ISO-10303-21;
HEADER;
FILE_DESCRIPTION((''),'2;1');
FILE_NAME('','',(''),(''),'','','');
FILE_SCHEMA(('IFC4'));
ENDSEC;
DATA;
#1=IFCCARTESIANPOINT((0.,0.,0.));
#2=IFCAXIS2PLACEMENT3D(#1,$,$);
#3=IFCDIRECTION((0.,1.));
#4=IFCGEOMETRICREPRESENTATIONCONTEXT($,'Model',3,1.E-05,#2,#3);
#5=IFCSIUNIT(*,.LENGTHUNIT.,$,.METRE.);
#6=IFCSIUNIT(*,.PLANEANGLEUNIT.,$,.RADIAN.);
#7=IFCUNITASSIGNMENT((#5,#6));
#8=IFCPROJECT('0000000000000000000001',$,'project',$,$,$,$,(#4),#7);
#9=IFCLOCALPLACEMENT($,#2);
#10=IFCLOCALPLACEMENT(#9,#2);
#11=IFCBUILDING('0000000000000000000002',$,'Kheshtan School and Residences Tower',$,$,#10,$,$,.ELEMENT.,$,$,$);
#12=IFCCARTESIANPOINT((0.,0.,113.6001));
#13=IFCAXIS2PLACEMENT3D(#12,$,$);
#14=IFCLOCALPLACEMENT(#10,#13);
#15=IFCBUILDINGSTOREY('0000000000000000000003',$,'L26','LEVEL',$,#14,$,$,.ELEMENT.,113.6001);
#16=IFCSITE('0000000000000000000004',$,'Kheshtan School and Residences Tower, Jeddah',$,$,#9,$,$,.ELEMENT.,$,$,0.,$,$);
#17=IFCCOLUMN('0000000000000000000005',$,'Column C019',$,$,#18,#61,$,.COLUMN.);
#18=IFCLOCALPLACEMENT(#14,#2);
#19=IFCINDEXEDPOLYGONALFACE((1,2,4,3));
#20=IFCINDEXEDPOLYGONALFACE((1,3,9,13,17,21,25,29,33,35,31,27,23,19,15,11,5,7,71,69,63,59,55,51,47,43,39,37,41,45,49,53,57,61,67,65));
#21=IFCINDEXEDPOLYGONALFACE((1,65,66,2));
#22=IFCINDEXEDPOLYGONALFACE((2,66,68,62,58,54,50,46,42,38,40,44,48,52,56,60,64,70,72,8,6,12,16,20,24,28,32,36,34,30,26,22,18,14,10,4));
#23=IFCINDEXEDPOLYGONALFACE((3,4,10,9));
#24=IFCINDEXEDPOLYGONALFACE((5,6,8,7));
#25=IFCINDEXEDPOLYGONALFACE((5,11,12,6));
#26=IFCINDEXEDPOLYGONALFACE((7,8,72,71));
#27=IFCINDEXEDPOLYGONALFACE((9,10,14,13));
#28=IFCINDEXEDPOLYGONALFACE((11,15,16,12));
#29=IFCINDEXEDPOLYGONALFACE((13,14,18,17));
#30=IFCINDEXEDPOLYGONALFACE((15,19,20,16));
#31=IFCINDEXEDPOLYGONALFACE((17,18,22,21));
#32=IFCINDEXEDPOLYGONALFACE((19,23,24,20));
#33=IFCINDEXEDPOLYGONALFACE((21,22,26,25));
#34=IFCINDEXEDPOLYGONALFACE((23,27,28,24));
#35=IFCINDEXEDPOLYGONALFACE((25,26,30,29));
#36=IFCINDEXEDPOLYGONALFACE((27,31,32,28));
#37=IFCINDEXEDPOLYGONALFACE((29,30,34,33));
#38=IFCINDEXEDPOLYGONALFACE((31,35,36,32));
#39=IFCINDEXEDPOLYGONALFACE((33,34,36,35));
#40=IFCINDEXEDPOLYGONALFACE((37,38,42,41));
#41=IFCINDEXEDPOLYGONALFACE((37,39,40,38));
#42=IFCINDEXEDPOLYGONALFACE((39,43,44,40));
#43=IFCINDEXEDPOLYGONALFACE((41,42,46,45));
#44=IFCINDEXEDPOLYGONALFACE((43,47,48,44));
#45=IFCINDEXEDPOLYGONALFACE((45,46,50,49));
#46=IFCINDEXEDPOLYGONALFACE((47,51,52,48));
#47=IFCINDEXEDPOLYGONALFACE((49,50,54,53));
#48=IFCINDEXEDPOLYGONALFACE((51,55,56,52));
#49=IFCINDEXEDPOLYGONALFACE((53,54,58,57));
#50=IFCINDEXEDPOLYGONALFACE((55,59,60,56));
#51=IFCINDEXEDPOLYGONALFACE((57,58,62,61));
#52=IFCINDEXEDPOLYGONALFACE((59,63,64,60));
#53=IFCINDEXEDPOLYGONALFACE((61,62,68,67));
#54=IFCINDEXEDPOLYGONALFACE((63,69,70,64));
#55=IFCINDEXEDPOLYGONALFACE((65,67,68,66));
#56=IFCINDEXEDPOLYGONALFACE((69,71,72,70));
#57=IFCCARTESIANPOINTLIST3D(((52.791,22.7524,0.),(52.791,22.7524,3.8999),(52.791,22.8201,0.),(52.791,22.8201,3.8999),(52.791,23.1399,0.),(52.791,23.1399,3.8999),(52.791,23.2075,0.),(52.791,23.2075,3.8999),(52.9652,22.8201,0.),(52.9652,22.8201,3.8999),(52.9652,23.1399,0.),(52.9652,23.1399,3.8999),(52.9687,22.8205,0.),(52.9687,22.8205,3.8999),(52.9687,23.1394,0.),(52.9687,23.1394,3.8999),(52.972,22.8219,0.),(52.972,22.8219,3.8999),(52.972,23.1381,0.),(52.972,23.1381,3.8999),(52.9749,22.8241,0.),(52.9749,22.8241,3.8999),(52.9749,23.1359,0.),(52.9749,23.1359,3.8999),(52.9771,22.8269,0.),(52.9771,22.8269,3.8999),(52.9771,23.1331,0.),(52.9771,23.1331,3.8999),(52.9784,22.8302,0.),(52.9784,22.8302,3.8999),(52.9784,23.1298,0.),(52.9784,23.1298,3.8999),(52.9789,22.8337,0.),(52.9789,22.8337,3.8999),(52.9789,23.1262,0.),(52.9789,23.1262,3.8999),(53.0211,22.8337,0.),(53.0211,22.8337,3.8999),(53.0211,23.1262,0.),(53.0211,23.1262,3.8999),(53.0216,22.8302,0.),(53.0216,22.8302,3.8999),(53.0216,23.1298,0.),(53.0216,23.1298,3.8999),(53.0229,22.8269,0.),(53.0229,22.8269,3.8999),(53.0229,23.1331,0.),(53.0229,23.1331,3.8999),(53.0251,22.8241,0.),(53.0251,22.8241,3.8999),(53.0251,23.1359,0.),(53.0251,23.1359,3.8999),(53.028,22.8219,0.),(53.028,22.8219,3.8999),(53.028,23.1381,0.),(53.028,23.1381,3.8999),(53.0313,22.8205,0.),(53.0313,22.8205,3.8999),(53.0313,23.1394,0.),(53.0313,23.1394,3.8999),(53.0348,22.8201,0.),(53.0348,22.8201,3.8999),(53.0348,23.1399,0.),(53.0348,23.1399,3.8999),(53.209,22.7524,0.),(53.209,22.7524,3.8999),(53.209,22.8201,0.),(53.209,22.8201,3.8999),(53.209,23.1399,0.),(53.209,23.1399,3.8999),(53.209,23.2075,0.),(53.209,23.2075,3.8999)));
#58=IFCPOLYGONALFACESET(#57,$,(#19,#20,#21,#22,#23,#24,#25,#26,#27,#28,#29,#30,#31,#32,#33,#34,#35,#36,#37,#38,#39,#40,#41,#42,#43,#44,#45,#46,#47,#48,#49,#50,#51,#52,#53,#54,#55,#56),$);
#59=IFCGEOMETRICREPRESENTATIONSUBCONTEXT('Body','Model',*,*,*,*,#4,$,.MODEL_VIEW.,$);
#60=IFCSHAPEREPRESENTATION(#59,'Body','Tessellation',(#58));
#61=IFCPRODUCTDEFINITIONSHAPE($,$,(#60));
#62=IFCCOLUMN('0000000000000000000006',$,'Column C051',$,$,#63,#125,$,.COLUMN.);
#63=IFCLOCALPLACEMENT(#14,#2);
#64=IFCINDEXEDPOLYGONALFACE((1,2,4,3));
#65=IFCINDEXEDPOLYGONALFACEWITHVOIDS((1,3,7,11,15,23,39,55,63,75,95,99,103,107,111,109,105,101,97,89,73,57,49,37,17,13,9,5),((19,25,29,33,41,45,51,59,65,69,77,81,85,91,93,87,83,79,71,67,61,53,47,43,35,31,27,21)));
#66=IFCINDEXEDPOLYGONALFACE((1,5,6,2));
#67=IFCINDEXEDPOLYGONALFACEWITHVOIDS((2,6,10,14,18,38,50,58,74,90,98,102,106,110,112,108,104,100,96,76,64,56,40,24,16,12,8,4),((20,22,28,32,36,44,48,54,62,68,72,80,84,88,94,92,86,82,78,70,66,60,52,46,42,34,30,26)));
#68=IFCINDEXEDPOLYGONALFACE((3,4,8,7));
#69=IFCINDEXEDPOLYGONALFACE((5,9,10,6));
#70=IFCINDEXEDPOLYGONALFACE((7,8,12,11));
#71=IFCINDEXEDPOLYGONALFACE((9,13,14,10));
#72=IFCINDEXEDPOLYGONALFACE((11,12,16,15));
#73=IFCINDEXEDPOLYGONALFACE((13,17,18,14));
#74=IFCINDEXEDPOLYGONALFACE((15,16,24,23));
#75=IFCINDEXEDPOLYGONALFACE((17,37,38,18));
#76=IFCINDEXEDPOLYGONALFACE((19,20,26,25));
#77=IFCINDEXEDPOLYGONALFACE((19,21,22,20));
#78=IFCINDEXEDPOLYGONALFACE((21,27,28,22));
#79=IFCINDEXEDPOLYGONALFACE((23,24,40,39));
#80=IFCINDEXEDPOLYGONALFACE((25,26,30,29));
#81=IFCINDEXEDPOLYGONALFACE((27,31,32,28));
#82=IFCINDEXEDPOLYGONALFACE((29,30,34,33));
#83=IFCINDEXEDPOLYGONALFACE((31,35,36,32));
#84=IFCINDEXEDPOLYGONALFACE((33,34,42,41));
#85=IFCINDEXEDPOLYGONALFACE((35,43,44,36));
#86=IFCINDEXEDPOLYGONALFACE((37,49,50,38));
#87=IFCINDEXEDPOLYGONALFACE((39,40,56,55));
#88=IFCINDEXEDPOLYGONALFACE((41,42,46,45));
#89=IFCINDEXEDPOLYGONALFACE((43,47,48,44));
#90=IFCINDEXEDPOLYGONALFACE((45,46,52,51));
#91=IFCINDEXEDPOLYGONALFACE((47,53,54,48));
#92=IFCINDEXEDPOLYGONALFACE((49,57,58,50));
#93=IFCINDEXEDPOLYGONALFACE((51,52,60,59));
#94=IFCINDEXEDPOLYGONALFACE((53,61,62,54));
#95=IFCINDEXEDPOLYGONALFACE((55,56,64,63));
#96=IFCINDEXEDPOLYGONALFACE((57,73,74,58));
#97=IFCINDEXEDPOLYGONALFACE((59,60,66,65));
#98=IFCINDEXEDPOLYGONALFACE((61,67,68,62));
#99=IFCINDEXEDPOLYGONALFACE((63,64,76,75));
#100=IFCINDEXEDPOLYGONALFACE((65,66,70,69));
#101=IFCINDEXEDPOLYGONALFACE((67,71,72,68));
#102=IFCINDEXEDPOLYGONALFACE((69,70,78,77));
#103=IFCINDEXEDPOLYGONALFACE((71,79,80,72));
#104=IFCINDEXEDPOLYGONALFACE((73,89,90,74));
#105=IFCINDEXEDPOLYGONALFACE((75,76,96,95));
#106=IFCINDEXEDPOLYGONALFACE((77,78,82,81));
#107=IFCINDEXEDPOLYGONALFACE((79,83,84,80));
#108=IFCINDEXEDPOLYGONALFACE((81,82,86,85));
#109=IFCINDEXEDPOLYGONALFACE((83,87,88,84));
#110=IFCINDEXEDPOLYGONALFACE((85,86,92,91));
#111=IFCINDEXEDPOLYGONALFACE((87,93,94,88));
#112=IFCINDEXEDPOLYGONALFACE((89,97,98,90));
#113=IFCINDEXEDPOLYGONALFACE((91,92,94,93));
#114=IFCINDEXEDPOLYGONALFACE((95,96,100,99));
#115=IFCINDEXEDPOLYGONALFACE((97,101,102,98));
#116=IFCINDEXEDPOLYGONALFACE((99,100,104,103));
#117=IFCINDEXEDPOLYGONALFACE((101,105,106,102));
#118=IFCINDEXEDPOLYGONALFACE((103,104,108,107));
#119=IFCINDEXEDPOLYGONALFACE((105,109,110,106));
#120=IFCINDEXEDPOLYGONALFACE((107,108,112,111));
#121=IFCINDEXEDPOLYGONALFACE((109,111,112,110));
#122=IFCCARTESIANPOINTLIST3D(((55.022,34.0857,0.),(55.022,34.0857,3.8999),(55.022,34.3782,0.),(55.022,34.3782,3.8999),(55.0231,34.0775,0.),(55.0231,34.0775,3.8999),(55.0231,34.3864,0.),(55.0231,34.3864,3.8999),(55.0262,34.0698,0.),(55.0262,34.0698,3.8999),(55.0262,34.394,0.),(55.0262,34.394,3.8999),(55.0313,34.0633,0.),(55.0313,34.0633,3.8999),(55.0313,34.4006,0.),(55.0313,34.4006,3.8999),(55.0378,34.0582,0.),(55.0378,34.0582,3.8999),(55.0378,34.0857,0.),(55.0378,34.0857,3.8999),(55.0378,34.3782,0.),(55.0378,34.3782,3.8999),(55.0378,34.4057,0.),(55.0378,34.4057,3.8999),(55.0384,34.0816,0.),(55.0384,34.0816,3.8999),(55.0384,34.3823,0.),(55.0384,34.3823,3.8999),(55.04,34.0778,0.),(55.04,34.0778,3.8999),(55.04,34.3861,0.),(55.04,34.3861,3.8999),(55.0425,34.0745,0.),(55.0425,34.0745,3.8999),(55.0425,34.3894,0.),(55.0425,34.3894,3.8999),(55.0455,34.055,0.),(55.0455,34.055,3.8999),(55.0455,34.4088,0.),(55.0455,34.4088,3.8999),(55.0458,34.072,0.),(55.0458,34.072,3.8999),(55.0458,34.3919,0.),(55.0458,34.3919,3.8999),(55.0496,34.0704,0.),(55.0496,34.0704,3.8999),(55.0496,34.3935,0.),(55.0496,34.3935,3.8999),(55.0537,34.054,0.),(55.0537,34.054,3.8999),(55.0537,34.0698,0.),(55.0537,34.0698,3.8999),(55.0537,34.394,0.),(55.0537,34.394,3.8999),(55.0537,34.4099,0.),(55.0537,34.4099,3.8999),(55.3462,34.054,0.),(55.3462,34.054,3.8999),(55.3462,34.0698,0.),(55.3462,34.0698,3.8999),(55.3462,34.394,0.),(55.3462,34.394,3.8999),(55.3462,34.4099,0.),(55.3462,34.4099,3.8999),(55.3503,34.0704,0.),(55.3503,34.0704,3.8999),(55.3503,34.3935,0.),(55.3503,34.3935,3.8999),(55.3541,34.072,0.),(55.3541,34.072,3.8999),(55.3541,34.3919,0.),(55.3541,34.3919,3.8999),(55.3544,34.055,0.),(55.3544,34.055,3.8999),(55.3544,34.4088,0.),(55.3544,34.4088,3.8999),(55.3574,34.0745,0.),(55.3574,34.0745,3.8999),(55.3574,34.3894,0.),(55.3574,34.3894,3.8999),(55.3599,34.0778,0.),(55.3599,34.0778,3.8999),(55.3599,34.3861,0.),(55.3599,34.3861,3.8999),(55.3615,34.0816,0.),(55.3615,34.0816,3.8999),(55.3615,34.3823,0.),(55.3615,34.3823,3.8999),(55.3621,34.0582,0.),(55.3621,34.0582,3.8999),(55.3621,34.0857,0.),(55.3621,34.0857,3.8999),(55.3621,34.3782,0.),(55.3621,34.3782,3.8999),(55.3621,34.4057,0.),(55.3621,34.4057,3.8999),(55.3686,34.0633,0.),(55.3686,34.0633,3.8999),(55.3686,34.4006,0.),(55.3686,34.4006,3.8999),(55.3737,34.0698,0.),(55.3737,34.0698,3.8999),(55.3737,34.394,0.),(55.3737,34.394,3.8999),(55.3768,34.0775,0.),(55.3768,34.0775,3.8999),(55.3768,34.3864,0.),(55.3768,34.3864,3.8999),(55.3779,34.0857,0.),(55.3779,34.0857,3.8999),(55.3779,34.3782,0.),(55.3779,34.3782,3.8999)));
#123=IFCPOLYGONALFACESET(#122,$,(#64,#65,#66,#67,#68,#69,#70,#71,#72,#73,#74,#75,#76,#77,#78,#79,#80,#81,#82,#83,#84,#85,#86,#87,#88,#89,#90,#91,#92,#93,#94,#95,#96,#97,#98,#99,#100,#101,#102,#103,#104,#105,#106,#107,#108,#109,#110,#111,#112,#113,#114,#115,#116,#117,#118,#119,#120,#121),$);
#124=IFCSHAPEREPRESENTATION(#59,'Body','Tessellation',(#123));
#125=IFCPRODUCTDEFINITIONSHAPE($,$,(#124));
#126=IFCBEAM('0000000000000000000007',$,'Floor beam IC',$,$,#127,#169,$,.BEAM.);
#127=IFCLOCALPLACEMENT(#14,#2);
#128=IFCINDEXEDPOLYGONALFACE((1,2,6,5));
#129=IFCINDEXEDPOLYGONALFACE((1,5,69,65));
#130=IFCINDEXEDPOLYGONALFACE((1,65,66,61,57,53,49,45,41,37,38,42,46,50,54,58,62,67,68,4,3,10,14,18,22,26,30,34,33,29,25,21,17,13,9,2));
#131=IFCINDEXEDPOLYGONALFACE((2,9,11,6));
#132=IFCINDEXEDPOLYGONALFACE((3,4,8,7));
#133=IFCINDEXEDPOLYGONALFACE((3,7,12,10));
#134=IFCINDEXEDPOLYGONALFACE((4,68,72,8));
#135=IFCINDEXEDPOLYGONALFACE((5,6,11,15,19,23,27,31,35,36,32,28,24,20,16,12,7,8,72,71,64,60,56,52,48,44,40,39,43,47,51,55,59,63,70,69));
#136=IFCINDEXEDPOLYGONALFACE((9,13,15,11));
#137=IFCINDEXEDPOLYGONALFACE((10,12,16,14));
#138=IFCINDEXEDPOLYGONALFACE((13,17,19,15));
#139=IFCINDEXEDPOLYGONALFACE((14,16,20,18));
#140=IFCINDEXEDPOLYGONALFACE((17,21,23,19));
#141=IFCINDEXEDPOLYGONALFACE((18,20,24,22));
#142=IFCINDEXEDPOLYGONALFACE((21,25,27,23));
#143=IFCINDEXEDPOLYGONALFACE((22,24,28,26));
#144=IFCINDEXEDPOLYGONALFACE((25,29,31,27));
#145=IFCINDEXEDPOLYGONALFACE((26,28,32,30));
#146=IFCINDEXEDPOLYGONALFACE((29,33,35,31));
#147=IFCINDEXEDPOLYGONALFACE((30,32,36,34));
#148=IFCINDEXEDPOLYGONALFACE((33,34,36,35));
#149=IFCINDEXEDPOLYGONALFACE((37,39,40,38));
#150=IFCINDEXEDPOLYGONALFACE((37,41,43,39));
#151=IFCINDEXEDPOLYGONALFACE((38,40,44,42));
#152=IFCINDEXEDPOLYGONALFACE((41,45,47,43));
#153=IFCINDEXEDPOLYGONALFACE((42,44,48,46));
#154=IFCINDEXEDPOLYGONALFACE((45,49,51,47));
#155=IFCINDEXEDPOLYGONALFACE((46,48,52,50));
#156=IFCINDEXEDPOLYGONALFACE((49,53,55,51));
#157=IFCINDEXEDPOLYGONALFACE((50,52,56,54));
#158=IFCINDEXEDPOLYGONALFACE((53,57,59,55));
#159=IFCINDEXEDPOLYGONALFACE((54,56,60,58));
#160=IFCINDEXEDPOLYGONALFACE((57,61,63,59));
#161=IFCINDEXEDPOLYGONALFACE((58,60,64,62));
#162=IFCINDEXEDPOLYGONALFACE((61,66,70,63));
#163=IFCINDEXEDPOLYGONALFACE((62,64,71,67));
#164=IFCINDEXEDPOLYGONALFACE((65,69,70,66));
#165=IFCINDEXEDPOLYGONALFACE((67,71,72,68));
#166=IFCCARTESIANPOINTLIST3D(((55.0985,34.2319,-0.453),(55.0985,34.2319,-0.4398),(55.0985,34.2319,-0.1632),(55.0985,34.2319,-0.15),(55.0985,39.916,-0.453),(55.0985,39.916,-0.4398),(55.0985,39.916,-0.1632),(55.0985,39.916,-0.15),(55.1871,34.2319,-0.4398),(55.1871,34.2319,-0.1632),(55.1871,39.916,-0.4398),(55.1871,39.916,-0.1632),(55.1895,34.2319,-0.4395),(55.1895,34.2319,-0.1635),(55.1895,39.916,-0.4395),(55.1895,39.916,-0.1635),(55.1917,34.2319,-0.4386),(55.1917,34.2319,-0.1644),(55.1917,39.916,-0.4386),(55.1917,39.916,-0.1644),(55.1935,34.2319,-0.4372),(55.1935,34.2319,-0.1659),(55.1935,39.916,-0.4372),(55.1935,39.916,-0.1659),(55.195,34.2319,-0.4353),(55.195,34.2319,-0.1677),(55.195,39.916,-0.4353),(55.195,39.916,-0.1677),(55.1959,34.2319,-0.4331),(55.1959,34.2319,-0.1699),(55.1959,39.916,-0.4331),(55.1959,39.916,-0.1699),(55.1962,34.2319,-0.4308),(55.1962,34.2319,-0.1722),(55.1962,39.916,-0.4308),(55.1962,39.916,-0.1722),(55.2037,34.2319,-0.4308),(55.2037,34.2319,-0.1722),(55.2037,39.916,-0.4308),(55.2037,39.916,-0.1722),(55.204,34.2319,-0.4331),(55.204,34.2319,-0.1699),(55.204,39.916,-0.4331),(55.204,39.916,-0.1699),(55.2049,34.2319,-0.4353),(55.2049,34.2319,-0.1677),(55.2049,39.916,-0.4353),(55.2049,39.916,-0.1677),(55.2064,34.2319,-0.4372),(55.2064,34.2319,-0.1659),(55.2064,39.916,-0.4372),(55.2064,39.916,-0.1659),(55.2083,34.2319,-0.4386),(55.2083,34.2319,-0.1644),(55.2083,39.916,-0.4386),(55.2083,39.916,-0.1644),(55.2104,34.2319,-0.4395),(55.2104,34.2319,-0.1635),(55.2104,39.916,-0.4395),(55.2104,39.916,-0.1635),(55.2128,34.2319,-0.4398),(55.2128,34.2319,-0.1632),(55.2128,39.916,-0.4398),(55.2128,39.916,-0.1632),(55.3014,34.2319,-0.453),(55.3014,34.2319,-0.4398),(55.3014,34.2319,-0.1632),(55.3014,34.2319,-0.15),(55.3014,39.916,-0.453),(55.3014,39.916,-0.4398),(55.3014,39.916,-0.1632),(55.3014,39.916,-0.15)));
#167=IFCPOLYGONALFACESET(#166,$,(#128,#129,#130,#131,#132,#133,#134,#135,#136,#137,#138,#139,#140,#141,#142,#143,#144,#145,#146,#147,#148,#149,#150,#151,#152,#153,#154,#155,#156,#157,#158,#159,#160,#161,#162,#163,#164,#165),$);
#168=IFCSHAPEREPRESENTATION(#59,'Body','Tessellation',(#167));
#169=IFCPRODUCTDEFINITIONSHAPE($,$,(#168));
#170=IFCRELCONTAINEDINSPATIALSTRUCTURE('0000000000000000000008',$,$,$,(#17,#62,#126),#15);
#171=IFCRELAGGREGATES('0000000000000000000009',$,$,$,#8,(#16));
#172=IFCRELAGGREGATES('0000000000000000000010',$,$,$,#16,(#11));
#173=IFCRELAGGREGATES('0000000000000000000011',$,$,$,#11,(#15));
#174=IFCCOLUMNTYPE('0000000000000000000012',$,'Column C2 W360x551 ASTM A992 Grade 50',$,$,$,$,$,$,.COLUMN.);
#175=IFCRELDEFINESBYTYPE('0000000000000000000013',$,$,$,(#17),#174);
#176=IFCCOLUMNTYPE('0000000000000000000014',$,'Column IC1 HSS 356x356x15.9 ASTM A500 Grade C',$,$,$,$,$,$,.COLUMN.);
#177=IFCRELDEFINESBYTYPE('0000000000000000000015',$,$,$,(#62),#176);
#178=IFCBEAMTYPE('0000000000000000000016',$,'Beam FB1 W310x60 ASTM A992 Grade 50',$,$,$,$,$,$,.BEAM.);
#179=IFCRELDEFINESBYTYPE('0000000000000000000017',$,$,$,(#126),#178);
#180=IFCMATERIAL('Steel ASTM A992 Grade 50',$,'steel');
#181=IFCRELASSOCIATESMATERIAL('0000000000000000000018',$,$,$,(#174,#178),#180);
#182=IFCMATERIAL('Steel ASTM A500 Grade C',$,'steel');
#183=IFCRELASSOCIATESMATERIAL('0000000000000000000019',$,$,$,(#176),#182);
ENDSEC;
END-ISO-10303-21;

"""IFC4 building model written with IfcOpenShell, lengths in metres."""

from ifc_helpers import new_model, si_unit, direction, frame, origin, origin_2d, place, context, subcontext, project, spatial, hollow_rectangle, i_section, extrude, material, material_profile, profile_set, type_object, element, save


model = new_model("IFC4")

# Units and contexts
model_context = context("Model", 3, precision=1e-05, world=origin(), true_north=direction((0.0, 1.0)))
body_context = subcontext(model_context, "Body", "Model", "MODEL_VIEW")
ifc_project = project(units=[si_unit("LENGTHUNIT", "METRE"), si_unit("PLANEANGLEUNIT", "RADIAN")], contexts=[model_context])

# Site, building, storey
site_placement = place(None, origin())
site = spatial("IfcSite", under=ifc_project, at=site_placement, Name="Kheshtan School and Residences Tower, Jeddah", CompositionType="ELEMENT", RefElevation=0.0)
building_placement = place(site_placement, origin())
building = spatial("IfcBuilding", under=site, at=building_placement, Name="Kheshtan School and Residences Tower", CompositionType="ELEMENT")
storey_placement = place(building_placement, frame((0.0, 0.0, 113.6001)))
storey = spatial("IfcBuildingStorey", under=building, at=storey_placement, Name="L26", Description="LEVEL", CompositionType="ELEMENT", Elevation=113.6001)

# Columns
ifc_material_1 = material(Name="Steel ASTM A992 Grade 50", Category="steel")
ifc_material_profile_1 = material_profile(ifc_material_1, i_section(OverallWidth=0.418, OverallDepth=0.4551, WebThickness=0.0422, FlangeThickness=0.0676, FilletRadius=0.0137, at=origin_2d()), Name="W360x551")
ifc_profile_set_1 = profile_set([ifc_material_profile_1], Name="Steel ASTM A992 Grade 50")
column_type_1 = type_object("IfcColumnType", Name="Column C2 W360x551 ASTM A992 Grade 50", PredefinedType="COLUMN", material=ifc_profile_set_1)
column_1_placement = place(storey_placement, frame((53.0, 22.98, 0.0), z_axis=(0.0, 0.0, 1.0), x_axis=(1.0, 0.0, 0.0)))
element("IfcColumn", 1, at=column_1_placement, inside=storey, type_object=column_type_1, Name="Column C019", PredefinedType="COLUMN", context=body_context, shape_type="SweptSolid", body=[
    extrude(i_section(OverallWidth=0.418, OverallDepth=0.4551, WebThickness=0.0422, FlangeThickness=0.0676, FilletRadius=0.0137, at=origin_2d()), origin(), (0.0, 0.0, 1.0), 3.8999),
])
ifc_material_2 = material(Name="Steel ASTM A500 Grade C", Category="steel")
ifc_material_profile_2 = material_profile(ifc_material_2, hollow_rectangle(XDim=0.356, YDim=0.356, WallThickness=0.0159, InnerFilletRadius=0.0159, OuterFilletRadius=0.0317, at=origin_2d()), Name="HSS 356x356x15.9")
ifc_profile_set_2 = profile_set([ifc_material_profile_2], Name="Steel ASTM A500 Grade C")
column_type_2 = type_object("IfcColumnType", Name="Column IC1 HSS 356x356x15.9 ASTM A500 Grade C", PredefinedType="COLUMN", material=ifc_profile_set_2)
column_2_placement = place(storey_placement, frame((55.2, 34.2319, 0.0), z_axis=(0.0, 0.0, 1.0), x_axis=(1.0, 0.0, 0.0)))
element("IfcColumn", 2, at=column_2_placement, inside=storey, type_object=column_type_2, Name="Column C051", PredefinedType="COLUMN", context=body_context, shape_type="SweptSolid", body=[
    extrude(hollow_rectangle(XDim=0.356, YDim=0.356, WallThickness=0.0159, InnerFilletRadius=0.0159, OuterFilletRadius=0.0317, at=origin_2d()), origin(), (0.0, 0.0, 1.0), 3.8999),
])

# Beam
ifc_material_profile_3 = material_profile(ifc_material_1, i_section(OverallWidth=0.2029, OverallDepth=0.303, WebThickness=0.0076, FlangeThickness=0.0132, FilletRadius=0.009, at=origin_2d()), Name="W310x60")
ifc_profile_set_3 = profile_set([ifc_material_profile_3], Name="Steel ASTM A992 Grade 50")
beam_type_1 = type_object("IfcBeamType", Name="Beam FB1 W310x60 ASTM A992 Grade 50", PredefinedType="BEAM", material=ifc_profile_set_3)
beam_1_placement = place(storey_placement, frame((55.2, 34.2319, -0.3015), z_axis=(0.0, 1.0, 0.0), x_axis=(-1.0, 0.0, 0.0)))
element("IfcBeam", 3, at=beam_1_placement, inside=storey, type_object=beam_type_1, Name="Floor beam IC", PredefinedType="BEAM", context=body_context, shape_type="SweptSolid", body=[
    extrude(i_section(OverallWidth=0.2029, OverallDepth=0.303, WebThickness=0.0076, FlangeThickness=0.0132, FilletRadius=0.009, at=origin_2d()), origin(), (0.0, 0.0, 1.0), 5.6841),
])

save(model, "model.ifc")
